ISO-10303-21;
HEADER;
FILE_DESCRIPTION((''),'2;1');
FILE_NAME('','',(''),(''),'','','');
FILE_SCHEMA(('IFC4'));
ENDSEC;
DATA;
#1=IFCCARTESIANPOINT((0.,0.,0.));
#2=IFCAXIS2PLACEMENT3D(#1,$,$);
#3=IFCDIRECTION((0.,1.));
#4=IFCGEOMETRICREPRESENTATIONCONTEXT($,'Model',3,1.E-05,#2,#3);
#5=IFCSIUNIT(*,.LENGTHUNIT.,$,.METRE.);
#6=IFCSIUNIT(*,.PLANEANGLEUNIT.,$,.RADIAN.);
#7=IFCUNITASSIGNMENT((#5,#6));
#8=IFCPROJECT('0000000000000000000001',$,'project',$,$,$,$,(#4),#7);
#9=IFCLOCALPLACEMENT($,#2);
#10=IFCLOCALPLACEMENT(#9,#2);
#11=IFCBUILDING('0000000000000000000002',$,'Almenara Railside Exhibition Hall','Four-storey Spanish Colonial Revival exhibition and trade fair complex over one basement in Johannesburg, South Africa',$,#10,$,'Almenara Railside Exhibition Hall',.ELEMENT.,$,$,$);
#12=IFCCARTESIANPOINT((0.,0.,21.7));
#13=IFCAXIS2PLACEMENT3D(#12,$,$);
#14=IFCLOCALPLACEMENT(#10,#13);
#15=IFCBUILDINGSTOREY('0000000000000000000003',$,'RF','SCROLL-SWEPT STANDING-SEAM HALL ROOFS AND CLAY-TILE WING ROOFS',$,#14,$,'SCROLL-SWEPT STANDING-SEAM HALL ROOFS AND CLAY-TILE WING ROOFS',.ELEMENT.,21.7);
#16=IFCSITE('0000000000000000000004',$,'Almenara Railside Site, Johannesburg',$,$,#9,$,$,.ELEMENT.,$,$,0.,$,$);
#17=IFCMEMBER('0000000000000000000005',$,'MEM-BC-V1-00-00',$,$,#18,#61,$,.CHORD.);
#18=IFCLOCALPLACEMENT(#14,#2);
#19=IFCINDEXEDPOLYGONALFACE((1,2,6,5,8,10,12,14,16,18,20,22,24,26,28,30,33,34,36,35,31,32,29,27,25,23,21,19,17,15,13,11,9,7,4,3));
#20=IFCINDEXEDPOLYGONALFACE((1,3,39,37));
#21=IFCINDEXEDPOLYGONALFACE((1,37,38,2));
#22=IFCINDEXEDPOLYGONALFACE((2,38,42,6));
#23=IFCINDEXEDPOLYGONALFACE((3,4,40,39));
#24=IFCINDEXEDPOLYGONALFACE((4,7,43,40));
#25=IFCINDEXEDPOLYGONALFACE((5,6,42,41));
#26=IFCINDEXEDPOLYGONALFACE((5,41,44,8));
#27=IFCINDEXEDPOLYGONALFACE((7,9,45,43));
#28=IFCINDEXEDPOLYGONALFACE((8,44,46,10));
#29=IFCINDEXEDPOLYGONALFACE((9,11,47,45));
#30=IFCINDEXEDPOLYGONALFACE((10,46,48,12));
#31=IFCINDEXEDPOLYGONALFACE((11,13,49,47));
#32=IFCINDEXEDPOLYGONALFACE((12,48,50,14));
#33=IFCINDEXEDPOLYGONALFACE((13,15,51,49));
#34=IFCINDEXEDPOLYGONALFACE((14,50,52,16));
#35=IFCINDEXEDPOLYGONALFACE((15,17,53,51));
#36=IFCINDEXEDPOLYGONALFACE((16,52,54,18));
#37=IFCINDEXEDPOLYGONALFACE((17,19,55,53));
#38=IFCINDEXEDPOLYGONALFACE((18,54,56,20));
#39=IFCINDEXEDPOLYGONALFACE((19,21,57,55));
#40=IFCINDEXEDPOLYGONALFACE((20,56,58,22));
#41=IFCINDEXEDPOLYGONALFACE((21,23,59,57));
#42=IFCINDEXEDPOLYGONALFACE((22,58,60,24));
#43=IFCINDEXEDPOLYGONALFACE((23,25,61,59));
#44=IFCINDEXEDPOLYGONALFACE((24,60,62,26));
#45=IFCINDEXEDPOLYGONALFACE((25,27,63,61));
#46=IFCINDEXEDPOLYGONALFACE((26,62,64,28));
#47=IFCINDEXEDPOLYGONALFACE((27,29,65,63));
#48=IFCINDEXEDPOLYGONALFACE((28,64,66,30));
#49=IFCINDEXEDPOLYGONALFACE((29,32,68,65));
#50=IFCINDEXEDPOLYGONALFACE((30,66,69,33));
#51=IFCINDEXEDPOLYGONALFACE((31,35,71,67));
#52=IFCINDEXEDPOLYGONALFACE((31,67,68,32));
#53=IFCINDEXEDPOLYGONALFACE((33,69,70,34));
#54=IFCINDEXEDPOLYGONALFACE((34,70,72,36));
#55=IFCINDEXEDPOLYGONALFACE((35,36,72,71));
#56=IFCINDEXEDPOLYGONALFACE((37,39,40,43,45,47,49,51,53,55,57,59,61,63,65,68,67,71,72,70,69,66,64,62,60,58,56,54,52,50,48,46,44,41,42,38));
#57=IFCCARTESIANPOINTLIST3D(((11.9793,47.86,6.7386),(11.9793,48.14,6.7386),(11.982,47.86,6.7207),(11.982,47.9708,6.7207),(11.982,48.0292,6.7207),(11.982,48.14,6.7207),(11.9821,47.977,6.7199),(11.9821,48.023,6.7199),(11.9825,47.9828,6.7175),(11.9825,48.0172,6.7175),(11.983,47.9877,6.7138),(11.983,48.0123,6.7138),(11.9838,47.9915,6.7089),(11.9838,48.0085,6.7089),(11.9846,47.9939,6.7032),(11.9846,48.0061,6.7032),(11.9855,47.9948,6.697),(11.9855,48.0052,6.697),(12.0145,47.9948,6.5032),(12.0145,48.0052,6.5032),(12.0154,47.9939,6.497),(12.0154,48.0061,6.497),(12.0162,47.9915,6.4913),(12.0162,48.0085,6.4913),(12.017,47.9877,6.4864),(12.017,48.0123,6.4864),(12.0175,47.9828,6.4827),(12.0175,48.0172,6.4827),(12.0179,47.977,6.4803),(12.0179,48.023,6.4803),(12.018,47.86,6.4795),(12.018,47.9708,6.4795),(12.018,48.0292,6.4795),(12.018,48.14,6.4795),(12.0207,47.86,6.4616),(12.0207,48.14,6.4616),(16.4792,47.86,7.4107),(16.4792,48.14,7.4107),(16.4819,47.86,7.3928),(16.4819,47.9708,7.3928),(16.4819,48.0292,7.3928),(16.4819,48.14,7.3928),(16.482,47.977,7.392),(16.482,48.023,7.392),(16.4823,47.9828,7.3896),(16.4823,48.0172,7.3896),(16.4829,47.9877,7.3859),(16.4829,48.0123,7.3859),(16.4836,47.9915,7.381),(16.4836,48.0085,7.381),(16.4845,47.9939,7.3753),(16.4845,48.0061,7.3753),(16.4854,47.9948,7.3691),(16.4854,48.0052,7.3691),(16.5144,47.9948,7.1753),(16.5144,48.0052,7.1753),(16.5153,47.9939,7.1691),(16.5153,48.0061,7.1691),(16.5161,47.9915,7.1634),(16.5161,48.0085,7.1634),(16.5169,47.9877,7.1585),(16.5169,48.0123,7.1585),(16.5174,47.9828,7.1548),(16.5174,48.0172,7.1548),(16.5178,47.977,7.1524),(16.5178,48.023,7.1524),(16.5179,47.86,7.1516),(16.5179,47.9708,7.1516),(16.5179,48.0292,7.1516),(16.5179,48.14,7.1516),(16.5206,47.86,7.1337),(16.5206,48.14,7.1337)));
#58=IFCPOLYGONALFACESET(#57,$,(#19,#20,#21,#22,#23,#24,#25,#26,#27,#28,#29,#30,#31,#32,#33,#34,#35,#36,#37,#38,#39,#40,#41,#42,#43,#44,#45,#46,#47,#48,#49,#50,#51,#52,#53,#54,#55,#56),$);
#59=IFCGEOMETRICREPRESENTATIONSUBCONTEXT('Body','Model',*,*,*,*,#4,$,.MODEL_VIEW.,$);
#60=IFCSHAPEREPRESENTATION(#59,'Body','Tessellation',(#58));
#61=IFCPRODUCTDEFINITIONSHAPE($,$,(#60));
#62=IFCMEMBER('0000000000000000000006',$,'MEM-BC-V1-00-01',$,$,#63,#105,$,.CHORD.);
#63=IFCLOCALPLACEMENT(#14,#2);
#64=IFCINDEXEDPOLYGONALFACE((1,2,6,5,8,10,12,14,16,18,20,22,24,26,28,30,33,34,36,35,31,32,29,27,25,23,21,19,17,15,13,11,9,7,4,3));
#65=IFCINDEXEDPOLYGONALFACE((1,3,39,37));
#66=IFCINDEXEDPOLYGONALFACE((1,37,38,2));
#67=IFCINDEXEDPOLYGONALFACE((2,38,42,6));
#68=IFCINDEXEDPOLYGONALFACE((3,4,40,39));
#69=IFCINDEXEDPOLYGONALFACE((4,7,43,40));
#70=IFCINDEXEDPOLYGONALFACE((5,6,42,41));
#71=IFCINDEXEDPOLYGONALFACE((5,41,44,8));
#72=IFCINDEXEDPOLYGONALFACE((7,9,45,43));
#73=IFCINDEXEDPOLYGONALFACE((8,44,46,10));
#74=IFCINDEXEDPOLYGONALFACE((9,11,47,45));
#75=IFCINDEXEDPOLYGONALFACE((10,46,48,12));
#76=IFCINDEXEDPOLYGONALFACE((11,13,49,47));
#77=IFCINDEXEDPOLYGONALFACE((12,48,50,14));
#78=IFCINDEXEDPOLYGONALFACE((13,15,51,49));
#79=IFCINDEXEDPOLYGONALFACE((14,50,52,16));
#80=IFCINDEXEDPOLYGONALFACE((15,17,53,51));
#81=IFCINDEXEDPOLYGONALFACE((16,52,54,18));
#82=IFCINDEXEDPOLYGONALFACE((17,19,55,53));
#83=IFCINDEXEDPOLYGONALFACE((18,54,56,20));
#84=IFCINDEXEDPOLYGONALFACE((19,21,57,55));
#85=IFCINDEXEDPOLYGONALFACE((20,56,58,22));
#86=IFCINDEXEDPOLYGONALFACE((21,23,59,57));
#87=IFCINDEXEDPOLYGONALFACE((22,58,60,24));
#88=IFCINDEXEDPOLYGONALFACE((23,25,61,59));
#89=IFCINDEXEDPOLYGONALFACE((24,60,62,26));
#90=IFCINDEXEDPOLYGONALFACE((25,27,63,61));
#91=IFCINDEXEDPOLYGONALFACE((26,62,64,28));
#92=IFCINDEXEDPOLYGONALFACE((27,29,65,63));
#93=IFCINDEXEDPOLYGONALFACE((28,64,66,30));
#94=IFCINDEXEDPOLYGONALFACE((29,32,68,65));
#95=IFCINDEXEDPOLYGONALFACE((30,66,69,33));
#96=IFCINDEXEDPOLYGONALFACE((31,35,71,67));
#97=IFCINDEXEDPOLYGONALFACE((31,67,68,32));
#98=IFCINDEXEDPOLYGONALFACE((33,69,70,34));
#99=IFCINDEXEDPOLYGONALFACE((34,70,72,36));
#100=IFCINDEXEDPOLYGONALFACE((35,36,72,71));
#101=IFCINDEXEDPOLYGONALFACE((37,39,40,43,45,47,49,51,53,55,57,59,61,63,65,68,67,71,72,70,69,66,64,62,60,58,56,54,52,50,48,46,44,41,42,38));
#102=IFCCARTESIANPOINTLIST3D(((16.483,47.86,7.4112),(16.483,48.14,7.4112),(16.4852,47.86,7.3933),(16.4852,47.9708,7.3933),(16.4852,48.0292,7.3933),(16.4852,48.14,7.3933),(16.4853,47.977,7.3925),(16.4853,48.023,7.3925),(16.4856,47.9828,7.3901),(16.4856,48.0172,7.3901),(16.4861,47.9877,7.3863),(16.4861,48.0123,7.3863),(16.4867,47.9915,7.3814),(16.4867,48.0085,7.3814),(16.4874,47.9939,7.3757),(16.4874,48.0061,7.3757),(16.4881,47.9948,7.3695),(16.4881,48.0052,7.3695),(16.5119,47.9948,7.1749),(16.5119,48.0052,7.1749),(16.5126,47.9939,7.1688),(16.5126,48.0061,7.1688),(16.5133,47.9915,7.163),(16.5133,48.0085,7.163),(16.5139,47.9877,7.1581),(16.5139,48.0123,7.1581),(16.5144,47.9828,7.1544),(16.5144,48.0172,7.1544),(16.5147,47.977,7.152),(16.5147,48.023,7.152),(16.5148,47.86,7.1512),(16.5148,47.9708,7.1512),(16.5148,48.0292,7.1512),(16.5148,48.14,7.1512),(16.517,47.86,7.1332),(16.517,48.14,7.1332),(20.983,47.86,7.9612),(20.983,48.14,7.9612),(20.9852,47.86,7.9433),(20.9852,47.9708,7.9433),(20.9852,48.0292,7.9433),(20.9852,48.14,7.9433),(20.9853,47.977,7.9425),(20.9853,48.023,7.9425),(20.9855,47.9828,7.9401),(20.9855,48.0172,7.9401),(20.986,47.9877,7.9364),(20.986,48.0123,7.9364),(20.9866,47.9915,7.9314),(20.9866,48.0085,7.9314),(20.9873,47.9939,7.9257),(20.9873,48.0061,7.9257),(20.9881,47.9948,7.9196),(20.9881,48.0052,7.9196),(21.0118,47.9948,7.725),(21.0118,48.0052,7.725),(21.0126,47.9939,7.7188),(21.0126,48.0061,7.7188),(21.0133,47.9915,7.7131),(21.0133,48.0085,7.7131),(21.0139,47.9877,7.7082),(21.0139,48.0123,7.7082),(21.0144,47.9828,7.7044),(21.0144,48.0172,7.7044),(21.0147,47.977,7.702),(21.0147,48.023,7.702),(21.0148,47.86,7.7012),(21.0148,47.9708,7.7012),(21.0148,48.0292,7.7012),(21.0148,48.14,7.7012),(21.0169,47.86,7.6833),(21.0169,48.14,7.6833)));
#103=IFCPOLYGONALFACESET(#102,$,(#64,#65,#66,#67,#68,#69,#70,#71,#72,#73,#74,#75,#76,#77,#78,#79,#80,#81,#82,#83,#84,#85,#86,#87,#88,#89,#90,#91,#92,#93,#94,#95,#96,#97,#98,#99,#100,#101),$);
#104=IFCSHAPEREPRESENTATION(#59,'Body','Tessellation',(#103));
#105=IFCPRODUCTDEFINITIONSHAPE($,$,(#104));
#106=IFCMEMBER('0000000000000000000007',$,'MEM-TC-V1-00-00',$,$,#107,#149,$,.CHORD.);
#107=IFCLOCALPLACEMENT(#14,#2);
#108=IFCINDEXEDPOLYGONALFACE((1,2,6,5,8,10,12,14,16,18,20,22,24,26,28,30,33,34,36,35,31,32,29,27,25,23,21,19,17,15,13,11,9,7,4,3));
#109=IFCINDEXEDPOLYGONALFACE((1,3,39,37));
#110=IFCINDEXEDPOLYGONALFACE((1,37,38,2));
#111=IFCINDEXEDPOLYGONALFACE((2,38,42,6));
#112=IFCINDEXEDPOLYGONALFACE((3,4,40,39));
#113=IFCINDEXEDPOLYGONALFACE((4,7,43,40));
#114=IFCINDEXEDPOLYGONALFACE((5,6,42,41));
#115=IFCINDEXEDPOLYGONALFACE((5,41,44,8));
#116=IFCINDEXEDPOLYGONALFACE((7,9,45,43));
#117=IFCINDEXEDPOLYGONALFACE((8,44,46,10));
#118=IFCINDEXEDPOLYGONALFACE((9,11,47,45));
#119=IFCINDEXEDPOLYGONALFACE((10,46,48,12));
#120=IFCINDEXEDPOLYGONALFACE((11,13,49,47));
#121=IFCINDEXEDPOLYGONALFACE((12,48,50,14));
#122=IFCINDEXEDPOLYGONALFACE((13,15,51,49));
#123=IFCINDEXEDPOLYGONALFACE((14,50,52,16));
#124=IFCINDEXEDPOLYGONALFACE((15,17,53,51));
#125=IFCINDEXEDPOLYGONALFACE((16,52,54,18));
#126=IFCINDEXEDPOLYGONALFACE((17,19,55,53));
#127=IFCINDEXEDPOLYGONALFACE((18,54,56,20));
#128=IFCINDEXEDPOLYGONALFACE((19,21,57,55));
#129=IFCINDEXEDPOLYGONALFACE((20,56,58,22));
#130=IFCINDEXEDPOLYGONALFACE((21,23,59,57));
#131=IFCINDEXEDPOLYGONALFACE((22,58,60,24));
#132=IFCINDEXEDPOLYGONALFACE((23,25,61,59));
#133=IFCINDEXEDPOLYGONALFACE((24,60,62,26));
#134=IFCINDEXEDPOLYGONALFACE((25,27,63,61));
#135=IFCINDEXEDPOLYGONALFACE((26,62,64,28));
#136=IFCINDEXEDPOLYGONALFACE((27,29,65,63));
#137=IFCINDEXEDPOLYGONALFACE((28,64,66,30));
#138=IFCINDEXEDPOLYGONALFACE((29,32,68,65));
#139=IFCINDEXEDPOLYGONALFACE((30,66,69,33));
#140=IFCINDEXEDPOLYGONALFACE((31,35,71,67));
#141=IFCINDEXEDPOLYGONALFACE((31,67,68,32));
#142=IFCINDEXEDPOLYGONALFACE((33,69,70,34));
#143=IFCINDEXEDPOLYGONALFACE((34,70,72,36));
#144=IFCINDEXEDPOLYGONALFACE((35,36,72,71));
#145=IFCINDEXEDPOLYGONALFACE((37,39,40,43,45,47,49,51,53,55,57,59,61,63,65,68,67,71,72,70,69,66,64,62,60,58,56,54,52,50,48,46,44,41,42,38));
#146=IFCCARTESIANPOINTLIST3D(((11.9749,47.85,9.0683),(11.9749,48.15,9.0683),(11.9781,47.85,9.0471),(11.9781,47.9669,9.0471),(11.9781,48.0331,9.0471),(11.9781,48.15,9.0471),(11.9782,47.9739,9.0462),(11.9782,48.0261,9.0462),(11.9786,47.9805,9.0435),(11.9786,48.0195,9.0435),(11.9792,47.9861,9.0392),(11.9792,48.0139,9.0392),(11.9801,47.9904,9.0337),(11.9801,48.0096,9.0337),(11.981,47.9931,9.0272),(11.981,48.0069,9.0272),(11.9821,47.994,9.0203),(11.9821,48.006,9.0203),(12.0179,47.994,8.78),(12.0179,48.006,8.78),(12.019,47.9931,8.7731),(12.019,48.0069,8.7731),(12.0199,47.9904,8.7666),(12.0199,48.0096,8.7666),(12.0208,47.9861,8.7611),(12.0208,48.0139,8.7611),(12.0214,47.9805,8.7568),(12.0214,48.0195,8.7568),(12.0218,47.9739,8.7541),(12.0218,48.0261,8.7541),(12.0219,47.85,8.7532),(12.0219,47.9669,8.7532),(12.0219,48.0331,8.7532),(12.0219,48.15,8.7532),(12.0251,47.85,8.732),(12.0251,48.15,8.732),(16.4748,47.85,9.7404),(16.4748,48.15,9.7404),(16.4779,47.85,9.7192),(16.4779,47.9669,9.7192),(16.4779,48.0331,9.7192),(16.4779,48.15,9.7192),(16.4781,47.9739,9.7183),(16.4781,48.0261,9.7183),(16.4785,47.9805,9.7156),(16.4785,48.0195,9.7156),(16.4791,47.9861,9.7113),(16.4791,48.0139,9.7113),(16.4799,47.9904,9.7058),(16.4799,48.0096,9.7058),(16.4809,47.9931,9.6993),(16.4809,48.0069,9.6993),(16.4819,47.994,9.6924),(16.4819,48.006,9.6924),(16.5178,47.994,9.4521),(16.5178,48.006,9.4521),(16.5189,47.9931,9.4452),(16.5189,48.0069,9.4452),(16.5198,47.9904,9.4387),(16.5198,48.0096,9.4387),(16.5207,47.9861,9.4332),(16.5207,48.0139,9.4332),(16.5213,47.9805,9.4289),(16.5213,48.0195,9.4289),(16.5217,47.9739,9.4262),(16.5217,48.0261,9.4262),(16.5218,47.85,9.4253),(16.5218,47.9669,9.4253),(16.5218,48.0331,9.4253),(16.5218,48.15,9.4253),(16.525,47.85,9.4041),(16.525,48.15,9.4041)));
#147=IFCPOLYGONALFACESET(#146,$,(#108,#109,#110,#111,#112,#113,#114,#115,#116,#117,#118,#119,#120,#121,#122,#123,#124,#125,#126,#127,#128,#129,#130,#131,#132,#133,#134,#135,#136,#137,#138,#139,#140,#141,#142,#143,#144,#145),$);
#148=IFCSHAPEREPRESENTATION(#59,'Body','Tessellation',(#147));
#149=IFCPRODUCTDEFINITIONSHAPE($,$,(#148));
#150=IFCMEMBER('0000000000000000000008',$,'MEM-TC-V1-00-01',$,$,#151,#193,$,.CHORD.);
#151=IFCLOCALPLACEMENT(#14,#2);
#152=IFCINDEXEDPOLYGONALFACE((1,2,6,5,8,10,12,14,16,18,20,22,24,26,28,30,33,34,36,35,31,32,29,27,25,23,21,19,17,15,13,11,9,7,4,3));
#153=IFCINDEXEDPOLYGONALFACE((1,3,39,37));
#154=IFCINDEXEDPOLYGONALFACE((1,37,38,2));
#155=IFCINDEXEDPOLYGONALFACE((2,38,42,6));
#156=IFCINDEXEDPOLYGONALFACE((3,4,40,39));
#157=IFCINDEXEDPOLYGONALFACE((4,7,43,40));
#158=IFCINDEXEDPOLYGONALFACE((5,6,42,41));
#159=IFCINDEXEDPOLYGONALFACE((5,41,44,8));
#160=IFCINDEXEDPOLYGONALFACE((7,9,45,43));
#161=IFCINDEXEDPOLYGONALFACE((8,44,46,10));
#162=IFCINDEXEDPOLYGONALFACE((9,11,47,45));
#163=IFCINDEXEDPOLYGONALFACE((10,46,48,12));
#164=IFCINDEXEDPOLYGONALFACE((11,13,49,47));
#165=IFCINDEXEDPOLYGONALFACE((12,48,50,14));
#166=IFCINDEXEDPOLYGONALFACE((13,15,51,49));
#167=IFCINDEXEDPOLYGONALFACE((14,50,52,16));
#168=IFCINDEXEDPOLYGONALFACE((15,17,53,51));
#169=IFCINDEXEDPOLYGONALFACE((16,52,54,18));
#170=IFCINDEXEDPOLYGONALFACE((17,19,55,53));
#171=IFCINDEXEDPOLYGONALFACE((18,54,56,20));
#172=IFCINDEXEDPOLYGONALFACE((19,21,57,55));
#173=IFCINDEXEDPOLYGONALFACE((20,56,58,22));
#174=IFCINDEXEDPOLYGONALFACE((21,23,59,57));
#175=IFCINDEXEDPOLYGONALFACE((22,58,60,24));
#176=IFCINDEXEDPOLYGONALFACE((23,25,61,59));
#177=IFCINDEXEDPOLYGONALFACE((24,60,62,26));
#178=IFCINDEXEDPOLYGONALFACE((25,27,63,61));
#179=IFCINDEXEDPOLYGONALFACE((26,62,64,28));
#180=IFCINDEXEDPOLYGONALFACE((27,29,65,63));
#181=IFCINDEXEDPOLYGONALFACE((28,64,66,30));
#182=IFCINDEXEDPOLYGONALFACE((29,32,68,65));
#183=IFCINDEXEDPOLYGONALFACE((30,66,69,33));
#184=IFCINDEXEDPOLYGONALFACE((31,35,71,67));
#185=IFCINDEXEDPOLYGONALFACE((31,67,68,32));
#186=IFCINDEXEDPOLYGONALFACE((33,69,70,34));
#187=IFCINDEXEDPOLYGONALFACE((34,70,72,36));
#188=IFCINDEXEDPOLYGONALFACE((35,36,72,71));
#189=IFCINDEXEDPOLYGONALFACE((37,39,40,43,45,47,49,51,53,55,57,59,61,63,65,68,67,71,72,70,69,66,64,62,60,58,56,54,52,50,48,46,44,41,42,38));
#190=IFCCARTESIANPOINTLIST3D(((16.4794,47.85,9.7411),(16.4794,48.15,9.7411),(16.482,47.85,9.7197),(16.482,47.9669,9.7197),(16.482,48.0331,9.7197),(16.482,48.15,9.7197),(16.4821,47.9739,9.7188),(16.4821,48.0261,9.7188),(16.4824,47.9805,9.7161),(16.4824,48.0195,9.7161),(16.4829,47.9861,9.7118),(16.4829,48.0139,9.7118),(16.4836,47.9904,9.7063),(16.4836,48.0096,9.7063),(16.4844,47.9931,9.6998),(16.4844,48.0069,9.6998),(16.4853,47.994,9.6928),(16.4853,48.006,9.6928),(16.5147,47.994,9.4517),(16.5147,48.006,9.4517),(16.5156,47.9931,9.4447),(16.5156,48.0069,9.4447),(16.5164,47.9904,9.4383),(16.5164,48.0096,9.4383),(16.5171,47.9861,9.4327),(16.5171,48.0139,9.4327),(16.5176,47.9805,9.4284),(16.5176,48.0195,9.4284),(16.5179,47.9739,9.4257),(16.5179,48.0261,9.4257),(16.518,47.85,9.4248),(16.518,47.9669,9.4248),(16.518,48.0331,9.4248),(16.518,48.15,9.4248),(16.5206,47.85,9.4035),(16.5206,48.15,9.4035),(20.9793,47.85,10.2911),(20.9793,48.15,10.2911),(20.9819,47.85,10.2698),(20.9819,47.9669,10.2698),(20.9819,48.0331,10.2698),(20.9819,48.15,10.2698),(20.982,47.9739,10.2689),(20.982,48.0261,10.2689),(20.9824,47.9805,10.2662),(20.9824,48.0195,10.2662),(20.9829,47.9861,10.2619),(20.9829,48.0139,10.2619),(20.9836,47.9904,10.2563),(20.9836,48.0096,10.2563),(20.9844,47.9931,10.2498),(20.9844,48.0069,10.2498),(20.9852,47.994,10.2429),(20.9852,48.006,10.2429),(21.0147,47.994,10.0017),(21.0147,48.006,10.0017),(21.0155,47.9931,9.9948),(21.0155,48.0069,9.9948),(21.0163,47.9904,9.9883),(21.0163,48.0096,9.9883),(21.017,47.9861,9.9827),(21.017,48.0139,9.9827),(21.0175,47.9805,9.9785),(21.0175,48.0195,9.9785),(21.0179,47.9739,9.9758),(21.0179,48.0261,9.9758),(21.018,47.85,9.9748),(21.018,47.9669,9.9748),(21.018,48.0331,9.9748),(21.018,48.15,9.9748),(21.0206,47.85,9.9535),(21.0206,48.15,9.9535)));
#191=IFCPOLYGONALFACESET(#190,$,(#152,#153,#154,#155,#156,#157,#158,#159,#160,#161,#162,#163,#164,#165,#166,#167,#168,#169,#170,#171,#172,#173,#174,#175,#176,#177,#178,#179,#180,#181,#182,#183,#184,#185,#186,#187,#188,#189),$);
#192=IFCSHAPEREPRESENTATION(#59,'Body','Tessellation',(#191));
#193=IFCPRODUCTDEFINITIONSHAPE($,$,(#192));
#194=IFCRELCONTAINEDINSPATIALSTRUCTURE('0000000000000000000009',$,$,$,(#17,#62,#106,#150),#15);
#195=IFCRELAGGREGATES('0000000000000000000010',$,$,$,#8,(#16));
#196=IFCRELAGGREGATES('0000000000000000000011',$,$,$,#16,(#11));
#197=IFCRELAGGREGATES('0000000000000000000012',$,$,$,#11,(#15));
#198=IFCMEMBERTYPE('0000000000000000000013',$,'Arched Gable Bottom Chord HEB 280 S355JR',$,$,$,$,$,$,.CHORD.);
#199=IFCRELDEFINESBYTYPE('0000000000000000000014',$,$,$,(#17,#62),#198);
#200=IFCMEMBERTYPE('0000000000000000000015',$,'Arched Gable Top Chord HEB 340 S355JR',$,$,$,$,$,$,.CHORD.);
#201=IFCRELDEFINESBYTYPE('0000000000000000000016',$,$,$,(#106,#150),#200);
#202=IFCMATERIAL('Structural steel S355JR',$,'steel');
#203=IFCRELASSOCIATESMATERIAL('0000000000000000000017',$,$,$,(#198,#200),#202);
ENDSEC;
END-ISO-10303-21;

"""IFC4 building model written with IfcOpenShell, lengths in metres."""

from ifc_helpers import new_model, si_unit, direction, frame, origin, origin_2d, place, context, subcontext, project, spatial, i_section, extrude, material, material_profile, profile_set, type_object, element, save


model = new_model("IFC4")

# Units and contexts
model_context = context("Model", 3, precision=1e-05, world=origin(), true_north=direction((0.0, 1.0)))
body_context = subcontext(model_context, "Body", "Model", "MODEL_VIEW")
ifc_project = project(units=[si_unit("LENGTHUNIT", "METRE"), si_unit("PLANEANGLEUNIT", "RADIAN")], contexts=[model_context])

# Site, building, storey
site_placement = place(None, origin())
site = spatial("IfcSite", under=ifc_project, at=site_placement, Name="Almenara Railside Site, Johannesburg", CompositionType="ELEMENT", RefElevation=0.0)
building_placement = place(site_placement, origin())
building = spatial("IfcBuilding", under=site, at=building_placement, Name="Almenara Railside Exhibition Hall", Description="Four-storey Spanish Colonial Revival exhibition and trade fair complex over one basement in Johannesburg, South Africa", LongName="Almenara Railside Exhibition Hall", CompositionType="ELEMENT")
storey_placement = place(building_placement, frame((0.0, 0.0, 21.7)))
storey = spatial("IfcBuildingStorey", under=building, at=storey_placement, Name="RF", Description="SCROLL-SWEPT STANDING-SEAM HALL ROOFS AND CLAY-TILE WING ROOFS", LongName="SCROLL-SWEPT STANDING-SEAM HALL ROOFS AND CLAY-TILE WING ROOFS", CompositionType="ELEMENT", Elevation=21.7)

# Members
ifc_material_1 = material(Name="Structural steel S355JR", Category="steel")
ifc_material_profile_1 = material_profile(ifc_material_1, i_section(OverallWidth=0.28, OverallDepth=0.28, WebThickness=0.0105, FlangeThickness=0.0181, FilletRadius=0.0239, at=origin_2d()), Name="HEB 280")
ifc_profile_set_1 = profile_set([ifc_material_profile_1], Name="Structural steel S355JR")
member_type_1 = type_object("IfcMemberType", Name="Arched Gable Bottom Chord HEB 280 S355JR", PredefinedType="CHORD", material=ifc_profile_set_1)
member_1_placement = place(storey_placement, frame((12.0, 48.0, 6.6001), z_axis=(0.989029, 0.0, 0.147721), x_axis=(0.0, 1.0, 0.0)))
element("IfcMember", 1, at=member_1_placement, inside=storey, type_object=member_type_1, Name="MEM-BC-V1-00-00", PredefinedType="CHORD", context=body_context, shape_type="SweptSolid", body=[
    extrude(i_section(OverallWidth=0.28, OverallDepth=0.28, WebThickness=0.0105, FlangeThickness=0.0181, FilletRadius=0.0239, at=origin_2d()), origin(), (0.0, 0.0, 1.0), 4.5498),
])
member_2_placement = place(storey_placement, frame((16.5, 48.0, 7.2722), z_axis=(0.992612, 0.0, 0.12133), x_axis=(0.0, 1.0, 0.0)))
element("IfcMember", 2, at=member_2_placement, inside=storey, type_object=member_type_1, Name="MEM-BC-V1-00-01", PredefinedType="CHORD", context=body_context, shape_type="SweptSolid", body=[
    extrude(i_section(OverallWidth=0.28, OverallDepth=0.28, WebThickness=0.0105, FlangeThickness=0.0181, FilletRadius=0.0239, at=origin_2d()), origin(), (0.0, 0.0, 1.0), 4.5334),
])
ifc_material_profile_2 = material_profile(ifc_material_1, i_section(OverallWidth=0.3, OverallDepth=0.3401, WebThickness=0.012, FlangeThickness=0.0215, FilletRadius=0.0271, at=origin_2d()), Name="HEB 340")
ifc_profile_set_2 = profile_set([ifc_material_profile_2], Name="Structural steel S355JR")
member_type_2 = type_object("IfcMemberType", Name="Arched Gable Top Chord HEB 340 S355JR", PredefinedType="CHORD", material=ifc_profile_set_2)
member_3_placement = place(storey_placement, frame((12.0, 48.0, 8.9001), z_axis=(0.989029, 0.0, 0.147721), x_axis=(0.0, 1.0, 0.0)))
element("IfcMember", 3, at=member_3_placement, inside=storey, type_object=member_type_2, Name="MEM-TC-V1-00-00", PredefinedType="CHORD", context=body_context, shape_type="SweptSolid", body=[
    extrude(i_section(OverallWidth=0.3, OverallDepth=0.3401, WebThickness=0.012, FlangeThickness=0.0215, FilletRadius=0.0271, at=origin_2d()), origin(), (0.0, 0.0, 1.0), 4.5498),
])
member_4_placement = place(storey_placement, frame((16.5, 48.0, 9.5723), z_axis=(0.992612, 0.0, 0.12133), x_axis=(0.0, 1.0, 0.0)))
element("IfcMember", 4, at=member_4_placement, inside=storey, type_object=member_type_2, Name="MEM-TC-V1-00-01", PredefinedType="CHORD", context=body_context, shape_type="SweptSolid", body=[
    extrude(i_section(OverallWidth=0.3, OverallDepth=0.3401, WebThickness=0.012, FlangeThickness=0.0215, FilletRadius=0.0271, at=origin_2d()), origin(), (0.0, 0.0, 1.0), 4.5334),
])

save(model, "model.ifc")
